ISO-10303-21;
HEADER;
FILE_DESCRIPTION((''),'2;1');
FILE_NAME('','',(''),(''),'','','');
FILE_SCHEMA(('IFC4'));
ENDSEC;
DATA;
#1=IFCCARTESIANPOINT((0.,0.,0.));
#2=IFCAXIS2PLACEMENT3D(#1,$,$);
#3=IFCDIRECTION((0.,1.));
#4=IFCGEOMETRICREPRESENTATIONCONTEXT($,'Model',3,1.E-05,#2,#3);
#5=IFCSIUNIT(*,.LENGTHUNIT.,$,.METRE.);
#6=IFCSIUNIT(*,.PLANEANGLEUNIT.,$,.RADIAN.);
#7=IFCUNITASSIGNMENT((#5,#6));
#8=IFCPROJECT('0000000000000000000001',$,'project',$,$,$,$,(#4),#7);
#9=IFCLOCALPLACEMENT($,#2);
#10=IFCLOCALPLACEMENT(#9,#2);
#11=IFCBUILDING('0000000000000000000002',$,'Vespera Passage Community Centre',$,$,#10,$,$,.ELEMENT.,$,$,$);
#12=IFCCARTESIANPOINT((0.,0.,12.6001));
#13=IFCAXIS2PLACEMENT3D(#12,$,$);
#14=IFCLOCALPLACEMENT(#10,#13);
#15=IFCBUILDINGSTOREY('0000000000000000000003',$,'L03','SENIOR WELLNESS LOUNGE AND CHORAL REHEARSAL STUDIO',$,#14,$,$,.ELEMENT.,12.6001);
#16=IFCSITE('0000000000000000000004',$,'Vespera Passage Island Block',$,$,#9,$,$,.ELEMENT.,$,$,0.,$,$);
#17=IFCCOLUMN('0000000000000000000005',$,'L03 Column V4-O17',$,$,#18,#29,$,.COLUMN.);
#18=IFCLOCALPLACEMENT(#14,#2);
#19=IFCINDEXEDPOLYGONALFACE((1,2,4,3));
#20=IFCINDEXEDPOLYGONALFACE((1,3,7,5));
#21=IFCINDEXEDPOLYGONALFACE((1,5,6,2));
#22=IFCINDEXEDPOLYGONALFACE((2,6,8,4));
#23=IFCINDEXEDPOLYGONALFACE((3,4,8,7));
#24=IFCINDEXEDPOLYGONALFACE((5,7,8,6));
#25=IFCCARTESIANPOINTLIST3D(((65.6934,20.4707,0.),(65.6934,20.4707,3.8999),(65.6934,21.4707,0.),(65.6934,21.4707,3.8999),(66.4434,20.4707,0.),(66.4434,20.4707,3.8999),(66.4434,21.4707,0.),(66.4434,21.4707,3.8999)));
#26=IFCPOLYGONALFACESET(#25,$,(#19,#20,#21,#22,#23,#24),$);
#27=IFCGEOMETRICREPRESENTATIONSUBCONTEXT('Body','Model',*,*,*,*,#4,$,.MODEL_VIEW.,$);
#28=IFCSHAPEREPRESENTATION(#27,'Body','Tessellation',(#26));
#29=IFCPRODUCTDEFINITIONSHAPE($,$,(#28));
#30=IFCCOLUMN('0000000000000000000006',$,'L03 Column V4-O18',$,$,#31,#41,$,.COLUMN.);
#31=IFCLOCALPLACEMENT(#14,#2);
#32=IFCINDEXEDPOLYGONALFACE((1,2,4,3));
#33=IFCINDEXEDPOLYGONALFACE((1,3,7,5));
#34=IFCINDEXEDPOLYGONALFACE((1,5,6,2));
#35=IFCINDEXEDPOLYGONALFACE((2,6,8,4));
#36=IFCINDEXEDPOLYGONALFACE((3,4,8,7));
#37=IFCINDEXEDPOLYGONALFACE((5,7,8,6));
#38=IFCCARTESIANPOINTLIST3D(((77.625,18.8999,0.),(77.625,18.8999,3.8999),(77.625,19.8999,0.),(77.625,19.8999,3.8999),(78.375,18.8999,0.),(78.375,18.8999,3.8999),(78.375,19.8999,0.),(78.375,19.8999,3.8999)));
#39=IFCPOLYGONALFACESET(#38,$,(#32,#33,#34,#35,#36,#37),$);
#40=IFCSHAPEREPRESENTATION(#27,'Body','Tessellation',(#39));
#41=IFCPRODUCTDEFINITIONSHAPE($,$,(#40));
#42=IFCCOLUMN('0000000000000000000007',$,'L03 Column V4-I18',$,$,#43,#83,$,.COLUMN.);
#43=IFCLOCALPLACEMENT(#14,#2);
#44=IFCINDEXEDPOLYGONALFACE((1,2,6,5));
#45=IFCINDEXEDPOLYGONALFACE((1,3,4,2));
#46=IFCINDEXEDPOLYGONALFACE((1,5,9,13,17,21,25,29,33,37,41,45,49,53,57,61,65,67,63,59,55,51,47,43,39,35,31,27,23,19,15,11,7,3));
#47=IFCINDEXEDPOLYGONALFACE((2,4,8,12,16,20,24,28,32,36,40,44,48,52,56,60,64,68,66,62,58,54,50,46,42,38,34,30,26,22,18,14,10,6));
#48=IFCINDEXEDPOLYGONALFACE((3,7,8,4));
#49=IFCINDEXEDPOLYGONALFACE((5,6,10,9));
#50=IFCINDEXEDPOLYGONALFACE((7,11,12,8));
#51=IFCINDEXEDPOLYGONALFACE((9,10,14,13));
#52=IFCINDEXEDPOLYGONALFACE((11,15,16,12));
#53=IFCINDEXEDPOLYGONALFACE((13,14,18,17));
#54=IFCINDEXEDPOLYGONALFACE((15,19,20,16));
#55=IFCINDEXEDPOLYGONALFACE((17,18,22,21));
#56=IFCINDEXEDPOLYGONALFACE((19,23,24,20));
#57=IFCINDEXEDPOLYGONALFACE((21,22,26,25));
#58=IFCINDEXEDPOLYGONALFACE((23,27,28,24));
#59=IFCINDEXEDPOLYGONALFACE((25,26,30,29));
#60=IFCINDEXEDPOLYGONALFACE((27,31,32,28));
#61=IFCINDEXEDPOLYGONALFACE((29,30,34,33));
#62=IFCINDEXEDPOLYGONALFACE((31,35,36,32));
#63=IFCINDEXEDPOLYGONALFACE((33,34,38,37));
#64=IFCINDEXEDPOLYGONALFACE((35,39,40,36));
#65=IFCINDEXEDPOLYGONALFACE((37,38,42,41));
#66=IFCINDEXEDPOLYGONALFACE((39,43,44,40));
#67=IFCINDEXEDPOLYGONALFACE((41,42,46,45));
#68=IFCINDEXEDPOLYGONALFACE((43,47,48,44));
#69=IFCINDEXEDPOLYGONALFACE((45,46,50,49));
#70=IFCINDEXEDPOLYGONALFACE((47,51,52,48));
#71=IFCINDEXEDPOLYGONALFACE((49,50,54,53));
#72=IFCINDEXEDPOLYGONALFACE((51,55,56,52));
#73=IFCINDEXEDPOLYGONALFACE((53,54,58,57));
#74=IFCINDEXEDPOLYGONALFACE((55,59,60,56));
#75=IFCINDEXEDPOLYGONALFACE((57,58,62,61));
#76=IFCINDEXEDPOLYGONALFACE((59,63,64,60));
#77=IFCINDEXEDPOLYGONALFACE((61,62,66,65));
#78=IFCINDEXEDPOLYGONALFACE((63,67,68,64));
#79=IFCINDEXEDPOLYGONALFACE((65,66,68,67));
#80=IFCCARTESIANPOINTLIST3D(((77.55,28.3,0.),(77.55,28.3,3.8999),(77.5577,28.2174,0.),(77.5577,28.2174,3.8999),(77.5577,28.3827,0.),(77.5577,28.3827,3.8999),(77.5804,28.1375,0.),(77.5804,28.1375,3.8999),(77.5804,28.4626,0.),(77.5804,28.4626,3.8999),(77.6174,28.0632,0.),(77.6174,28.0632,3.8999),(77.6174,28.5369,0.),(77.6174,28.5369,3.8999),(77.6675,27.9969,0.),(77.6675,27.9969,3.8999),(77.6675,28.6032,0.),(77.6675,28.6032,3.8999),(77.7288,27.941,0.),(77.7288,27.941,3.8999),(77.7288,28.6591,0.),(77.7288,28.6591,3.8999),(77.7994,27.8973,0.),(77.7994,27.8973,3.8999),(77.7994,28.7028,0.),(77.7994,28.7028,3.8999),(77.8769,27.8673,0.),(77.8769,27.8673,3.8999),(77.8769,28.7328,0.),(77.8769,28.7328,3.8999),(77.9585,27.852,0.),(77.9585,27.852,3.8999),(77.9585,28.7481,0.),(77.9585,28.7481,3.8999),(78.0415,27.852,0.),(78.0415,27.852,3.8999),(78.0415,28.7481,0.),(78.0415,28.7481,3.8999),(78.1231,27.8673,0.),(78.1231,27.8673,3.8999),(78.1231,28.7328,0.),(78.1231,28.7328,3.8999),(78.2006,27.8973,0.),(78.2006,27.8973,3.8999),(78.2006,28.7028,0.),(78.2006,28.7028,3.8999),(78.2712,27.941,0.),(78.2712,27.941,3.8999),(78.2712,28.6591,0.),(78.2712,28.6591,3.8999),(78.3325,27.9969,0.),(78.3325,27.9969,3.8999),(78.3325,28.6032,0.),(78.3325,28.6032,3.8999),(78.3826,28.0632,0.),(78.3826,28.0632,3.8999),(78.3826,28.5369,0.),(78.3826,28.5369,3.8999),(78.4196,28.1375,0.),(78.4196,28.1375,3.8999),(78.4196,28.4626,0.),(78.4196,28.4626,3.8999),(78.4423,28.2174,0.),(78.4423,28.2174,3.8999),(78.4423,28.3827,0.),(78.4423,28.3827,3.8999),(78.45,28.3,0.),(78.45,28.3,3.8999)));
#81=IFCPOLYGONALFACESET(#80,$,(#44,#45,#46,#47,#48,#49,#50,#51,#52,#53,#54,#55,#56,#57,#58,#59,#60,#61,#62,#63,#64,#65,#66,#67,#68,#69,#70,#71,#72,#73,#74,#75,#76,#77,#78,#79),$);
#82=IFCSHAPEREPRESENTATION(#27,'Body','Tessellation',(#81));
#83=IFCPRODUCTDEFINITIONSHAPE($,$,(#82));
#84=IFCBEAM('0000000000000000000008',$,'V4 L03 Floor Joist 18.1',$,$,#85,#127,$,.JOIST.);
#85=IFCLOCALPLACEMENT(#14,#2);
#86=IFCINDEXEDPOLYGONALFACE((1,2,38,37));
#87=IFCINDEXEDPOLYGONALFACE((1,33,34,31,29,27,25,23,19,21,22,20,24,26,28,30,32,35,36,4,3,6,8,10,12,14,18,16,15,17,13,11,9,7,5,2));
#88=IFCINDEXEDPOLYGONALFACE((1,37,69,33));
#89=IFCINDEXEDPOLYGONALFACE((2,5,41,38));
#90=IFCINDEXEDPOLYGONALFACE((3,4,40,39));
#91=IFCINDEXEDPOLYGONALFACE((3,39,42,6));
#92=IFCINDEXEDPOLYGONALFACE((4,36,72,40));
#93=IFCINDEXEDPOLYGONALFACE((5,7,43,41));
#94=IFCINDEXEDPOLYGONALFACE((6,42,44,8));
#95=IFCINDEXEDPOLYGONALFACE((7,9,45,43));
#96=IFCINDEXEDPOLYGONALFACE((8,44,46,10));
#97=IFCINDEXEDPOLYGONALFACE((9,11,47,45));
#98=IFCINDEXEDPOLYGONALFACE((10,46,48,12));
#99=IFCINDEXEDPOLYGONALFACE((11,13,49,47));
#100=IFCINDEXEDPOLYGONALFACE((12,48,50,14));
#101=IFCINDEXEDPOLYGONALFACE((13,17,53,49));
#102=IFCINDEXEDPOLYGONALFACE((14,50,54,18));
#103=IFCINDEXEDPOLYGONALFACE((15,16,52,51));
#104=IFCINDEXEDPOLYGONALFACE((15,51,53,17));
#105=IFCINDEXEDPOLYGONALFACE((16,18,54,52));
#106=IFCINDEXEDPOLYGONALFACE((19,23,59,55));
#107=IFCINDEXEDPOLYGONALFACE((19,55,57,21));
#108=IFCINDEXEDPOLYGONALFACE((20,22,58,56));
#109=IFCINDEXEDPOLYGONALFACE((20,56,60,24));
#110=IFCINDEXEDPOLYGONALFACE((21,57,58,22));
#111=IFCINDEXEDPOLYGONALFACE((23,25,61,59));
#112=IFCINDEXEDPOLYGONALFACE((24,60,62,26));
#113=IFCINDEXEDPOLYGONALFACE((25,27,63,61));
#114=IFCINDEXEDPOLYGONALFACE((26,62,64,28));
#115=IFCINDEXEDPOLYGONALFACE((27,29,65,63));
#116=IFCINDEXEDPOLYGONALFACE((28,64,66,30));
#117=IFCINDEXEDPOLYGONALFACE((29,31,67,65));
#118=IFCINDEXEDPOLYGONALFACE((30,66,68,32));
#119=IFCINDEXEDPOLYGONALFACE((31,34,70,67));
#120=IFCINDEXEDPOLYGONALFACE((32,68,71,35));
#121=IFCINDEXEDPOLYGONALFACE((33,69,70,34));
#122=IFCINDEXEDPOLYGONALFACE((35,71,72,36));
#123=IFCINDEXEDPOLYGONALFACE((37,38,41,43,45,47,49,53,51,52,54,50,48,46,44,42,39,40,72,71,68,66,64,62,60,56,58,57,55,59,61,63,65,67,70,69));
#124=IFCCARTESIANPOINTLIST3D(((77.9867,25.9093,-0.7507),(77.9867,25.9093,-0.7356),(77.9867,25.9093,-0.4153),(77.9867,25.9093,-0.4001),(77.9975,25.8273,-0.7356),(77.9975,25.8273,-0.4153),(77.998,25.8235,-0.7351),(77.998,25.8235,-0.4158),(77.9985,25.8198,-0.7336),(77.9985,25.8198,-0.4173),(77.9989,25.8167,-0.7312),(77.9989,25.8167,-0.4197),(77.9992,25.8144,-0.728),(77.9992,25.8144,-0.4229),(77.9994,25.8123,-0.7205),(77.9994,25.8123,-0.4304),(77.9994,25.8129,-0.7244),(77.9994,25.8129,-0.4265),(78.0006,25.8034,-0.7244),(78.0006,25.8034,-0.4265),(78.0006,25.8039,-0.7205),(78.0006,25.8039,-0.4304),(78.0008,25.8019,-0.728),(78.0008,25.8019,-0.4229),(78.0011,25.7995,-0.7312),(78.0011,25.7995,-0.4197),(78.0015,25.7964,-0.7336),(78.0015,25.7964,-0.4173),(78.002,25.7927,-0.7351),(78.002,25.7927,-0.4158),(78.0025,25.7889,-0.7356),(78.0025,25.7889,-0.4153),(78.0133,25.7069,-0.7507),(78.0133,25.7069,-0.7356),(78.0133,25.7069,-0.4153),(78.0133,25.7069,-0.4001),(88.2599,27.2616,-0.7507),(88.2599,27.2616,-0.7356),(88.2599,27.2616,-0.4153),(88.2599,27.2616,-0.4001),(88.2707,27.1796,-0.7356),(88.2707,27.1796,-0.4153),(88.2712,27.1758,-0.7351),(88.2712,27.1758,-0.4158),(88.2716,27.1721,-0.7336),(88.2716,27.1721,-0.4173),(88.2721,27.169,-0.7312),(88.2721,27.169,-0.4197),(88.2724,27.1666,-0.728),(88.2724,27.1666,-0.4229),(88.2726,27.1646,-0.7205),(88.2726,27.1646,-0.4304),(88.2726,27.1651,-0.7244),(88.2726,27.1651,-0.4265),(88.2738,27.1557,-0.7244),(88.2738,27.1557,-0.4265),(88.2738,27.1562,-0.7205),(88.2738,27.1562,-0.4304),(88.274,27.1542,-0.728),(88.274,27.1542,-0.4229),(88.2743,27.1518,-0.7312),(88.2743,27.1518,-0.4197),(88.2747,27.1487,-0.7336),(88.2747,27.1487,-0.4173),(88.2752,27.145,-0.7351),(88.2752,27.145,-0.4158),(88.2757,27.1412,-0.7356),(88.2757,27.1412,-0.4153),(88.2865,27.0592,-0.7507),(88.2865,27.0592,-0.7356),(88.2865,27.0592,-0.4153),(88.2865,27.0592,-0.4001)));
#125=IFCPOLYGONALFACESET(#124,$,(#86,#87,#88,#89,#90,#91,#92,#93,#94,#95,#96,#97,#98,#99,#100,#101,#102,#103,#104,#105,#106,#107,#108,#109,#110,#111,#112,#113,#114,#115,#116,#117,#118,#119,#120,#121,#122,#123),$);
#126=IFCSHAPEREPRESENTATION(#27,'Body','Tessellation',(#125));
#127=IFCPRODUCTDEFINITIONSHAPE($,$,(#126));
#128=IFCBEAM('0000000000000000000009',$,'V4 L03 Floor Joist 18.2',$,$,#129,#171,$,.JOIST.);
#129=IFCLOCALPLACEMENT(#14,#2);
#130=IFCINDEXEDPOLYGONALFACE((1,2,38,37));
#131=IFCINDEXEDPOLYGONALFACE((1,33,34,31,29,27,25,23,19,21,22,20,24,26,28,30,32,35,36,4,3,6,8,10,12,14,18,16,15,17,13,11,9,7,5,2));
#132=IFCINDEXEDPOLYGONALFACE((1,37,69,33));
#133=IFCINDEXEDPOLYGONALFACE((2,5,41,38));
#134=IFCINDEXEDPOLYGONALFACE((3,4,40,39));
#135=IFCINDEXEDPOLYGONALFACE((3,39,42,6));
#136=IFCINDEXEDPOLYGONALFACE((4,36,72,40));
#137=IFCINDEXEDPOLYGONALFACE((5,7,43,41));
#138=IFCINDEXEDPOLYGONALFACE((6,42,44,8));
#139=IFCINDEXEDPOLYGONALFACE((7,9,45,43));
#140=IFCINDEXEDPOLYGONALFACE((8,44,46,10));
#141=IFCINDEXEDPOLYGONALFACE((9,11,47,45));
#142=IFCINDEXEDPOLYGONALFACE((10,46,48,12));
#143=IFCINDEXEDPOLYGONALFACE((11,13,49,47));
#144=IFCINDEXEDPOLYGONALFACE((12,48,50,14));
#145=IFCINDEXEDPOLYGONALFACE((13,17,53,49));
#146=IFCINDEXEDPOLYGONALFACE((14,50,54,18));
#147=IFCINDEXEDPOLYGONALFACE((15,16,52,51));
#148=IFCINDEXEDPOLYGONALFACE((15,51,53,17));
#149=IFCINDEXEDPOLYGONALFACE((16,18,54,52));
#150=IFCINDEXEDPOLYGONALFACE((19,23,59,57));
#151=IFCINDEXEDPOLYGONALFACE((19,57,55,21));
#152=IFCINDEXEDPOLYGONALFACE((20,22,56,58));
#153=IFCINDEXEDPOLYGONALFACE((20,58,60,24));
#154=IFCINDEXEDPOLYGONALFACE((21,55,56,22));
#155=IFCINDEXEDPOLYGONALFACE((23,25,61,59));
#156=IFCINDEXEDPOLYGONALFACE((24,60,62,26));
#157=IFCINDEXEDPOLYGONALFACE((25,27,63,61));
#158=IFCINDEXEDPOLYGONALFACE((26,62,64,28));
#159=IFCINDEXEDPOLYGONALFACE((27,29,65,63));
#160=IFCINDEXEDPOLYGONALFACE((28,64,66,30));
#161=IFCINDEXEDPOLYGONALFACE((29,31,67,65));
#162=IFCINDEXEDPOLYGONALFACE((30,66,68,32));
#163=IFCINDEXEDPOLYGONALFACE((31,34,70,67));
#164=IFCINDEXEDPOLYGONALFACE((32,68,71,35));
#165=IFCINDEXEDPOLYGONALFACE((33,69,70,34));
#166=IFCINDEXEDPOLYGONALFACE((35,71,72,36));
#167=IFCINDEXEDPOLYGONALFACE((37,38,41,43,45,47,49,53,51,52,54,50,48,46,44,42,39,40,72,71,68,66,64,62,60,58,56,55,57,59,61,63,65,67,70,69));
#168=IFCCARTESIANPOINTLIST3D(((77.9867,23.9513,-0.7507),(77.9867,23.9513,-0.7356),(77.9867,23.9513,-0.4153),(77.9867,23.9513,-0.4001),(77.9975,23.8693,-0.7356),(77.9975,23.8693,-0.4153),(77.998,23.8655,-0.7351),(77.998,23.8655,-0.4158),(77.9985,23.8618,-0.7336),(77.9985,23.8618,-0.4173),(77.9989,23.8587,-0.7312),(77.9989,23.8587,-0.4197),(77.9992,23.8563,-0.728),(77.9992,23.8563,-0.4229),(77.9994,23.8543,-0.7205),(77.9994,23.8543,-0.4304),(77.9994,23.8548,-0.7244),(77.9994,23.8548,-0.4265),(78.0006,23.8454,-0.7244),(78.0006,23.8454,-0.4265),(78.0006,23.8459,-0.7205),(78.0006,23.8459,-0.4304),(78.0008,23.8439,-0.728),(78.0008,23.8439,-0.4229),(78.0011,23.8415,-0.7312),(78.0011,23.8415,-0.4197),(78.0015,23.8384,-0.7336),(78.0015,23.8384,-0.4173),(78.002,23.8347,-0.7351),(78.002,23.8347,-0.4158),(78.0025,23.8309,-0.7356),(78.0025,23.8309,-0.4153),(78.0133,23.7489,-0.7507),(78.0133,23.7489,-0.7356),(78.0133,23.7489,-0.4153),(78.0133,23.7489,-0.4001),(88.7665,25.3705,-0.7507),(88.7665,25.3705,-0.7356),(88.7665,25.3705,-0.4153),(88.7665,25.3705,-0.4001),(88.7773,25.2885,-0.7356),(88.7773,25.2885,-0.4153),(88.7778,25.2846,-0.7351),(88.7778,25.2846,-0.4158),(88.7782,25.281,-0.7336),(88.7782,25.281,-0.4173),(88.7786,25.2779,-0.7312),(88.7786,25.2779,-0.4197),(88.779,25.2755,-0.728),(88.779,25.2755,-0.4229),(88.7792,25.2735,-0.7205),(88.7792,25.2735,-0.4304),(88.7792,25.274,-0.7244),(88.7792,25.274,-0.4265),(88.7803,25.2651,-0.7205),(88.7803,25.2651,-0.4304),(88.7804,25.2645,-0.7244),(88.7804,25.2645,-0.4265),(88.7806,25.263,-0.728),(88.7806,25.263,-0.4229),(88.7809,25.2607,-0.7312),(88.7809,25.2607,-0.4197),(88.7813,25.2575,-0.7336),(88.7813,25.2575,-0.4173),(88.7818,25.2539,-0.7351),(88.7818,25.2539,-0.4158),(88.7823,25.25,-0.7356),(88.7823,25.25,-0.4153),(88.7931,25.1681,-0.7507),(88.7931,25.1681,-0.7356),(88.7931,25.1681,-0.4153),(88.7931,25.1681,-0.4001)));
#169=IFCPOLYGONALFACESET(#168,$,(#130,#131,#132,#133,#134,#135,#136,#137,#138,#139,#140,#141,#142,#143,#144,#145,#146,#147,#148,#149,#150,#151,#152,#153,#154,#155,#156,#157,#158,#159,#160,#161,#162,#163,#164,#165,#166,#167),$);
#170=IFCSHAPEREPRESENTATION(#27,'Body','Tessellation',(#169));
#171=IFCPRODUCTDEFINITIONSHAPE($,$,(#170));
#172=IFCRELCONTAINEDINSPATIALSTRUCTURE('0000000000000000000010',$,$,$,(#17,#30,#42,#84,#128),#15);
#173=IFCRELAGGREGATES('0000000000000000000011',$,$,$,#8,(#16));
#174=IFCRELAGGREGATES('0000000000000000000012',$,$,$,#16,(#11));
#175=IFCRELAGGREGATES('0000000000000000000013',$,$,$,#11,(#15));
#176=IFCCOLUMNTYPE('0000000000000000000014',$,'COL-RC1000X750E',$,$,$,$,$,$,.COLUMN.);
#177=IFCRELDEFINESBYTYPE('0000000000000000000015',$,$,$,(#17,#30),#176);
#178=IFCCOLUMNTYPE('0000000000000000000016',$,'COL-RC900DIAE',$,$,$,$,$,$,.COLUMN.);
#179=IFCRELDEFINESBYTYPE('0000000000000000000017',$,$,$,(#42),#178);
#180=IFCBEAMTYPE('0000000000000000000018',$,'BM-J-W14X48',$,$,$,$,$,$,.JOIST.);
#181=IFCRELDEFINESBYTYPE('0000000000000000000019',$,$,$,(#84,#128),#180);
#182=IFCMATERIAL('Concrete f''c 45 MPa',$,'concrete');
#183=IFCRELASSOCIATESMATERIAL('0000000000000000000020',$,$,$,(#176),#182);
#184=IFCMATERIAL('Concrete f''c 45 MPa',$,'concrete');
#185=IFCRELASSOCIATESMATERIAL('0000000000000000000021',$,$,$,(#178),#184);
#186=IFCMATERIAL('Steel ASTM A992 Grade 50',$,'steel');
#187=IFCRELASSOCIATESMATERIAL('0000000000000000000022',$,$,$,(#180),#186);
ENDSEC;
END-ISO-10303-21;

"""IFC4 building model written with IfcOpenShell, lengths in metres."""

from ifc_helpers import new_model, si_unit, direction, frame, origin, origin_2d, place, context, subcontext, project, spatial, rectangle, circle, i_section, extrude, material, material_profile, profile_set, type_object, element, save


model = new_model("IFC4")

# Units and contexts
model_context = context("Model", 3, precision=1e-05, world=origin(), true_north=direction((0.0, 1.0)))
body_context = subcontext(model_context, "Body", "Model", "MODEL_VIEW")
ifc_project = project(units=[si_unit("LENGTHUNIT", "METRE"), si_unit("PLANEANGLEUNIT", "RADIAN")], contexts=[model_context])

# Site, building, storey
site_placement = place(None, origin())
site = spatial("IfcSite", under=ifc_project, at=site_placement, Name="Vespera Passage Island Block", CompositionType="ELEMENT", RefElevation=0.0)
building_placement = place(site_placement, origin())
building = spatial("IfcBuilding", under=site, at=building_placement, Name="Vespera Passage Community Centre", CompositionType="ELEMENT")
storey_placement = place(building_placement, frame((0.0, 0.0, 12.6001)))
storey = spatial("IfcBuildingStorey", under=building, at=storey_placement, Name="L03", Description="SENIOR WELLNESS LOUNGE AND CHORAL REHEARSAL STUDIO", CompositionType="ELEMENT", Elevation=12.6001)

# Columns
ifc_material_1 = material(Name="Concrete f'c 45 MPa", Category="concrete")
ifc_material_profile_1 = material_profile(ifc_material_1, rectangle(XDim=0.75, YDim=1.0, at=origin_2d()), Name="RC1000X750")
ifc_profile_set_1 = profile_set([ifc_material_profile_1], Name="Concrete f'c 45 MPa")
column_type_1 = type_object("IfcColumnType", Name="COL-RC1000X750E", PredefinedType="COLUMN", material=ifc_profile_set_1)
for number, where, z_axis, x_axis, name in (
    (1, (66.0684, 20.9707, 0.0), (0.0, 0.0, 1.0), (1.0, 0.0, 0.0), "L03 Column V4-O17"),
    (2, (78.0, 19.3999, 0.0), (0.0, 0.0, 1.0), (1.0, 0.0, 0.0), "L03 Column V4-O18"),
):
    element("IfcColumn", number, at=place(storey_placement, frame(where, z_axis=z_axis, x_axis=x_axis)), inside=storey, type_object=column_type_1, Name=name, PredefinedType="COLUMN", context=body_context, shape_type="SweptSolid", body=[
        extrude(rectangle(XDim=0.75, YDim=1.0, at=origin_2d()), origin(), (0.0, 0.0, 1.0), 3.8999),
    ])
ifc_material_2 = material(Name="Concrete f'c 45 MPa", Category="concrete")
ifc_material_profile_2 = material_profile(ifc_material_2, circle(Radius=0.45, at=origin_2d()), Name="RC900DIA")
ifc_profile_set_2 = profile_set([ifc_material_profile_2], Name="Concrete f'c 45 MPa")
column_type_2 = type_object("IfcColumnType", Name="COL-RC900DIAE", PredefinedType="COLUMN", material=ifc_profile_set_2)
column_placement = place(storey_placement, frame((78.0, 28.3, 0.0), z_axis=(0.0, 0.0, 1.0), x_axis=(1.0, 0.0, 0.0)))
element("IfcColumn", 3, at=column_placement, inside=storey, type_object=column_type_2, Name="L03 Column V4-I18", PredefinedType="COLUMN", context=body_context, shape_type="SweptSolid", body=[
    extrude(circle(Radius=0.45, at=origin_2d()), origin(), (0.0, 0.0, 1.0), 3.8999),
])

# Beams
ifc_material_3 = material(Name="Steel ASTM A992 Grade 50", Category="steel")
ifc_material_profile_3 = material_profile(ifc_material_3, i_section(OverallWidth=0.2041, OverallDepth=0.3506, WebThickness=0.0085, FlangeThickness=0.0151, FilletRadius=0.0151, at=origin_2d()), Name="W14X48")
ifc_profile_set_3 = profile_set([ifc_material_profile_3], Name="Steel ASTM A992 Grade 50")
beam_type_1 = type_object("IfcBeamType", Name="BM-J-W14X48", PredefinedType="JOIST", material=ifc_profile_set_3)
beam_1_placement = place(storey_placement, frame((78.0, 25.8081, -0.5754), z_axis=(0.991447, 0.130508, 0.0), x_axis=(-0.130508, 0.991447, 0.0)))
element("IfcBeam", 4, at=beam_1_placement, inside=storey, type_object=beam_type_1, Name="V4 L03 Floor Joist 18.1", PredefinedType="JOIST", context=body_context, shape_type="SweptSolid", body=[
    extrude(i_section(OverallWidth=0.2041, OverallDepth=0.3506, WebThickness=0.0085, FlangeThickness=0.0151, FilletRadius=0.0151, at=origin_2d()), origin(), (0.0, 0.0, 1.0), 10.3618),
])
beam_2_placement = place(storey_placement, frame((78.0, 23.8501, -0.5754), z_axis=(0.991445, 0.130527, 0.0), x_axis=(-0.130527, 0.991445, 0.0)))
element("IfcBeam", 5, at=beam_2_placement, inside=storey, type_object=beam_type_1, Name="V4 L03 Floor Joist 18.2", PredefinedType="JOIST", context=body_context, shape_type="SweptSolid", body=[
    extrude(i_section(OverallWidth=0.2041, OverallDepth=0.3506, WebThickness=0.0085, FlangeThickness=0.0151, FilletRadius=0.0151, at=origin_2d()), origin(), (0.0, 0.0, 1.0), 10.8728),
])

save(model, "model.ifc")
